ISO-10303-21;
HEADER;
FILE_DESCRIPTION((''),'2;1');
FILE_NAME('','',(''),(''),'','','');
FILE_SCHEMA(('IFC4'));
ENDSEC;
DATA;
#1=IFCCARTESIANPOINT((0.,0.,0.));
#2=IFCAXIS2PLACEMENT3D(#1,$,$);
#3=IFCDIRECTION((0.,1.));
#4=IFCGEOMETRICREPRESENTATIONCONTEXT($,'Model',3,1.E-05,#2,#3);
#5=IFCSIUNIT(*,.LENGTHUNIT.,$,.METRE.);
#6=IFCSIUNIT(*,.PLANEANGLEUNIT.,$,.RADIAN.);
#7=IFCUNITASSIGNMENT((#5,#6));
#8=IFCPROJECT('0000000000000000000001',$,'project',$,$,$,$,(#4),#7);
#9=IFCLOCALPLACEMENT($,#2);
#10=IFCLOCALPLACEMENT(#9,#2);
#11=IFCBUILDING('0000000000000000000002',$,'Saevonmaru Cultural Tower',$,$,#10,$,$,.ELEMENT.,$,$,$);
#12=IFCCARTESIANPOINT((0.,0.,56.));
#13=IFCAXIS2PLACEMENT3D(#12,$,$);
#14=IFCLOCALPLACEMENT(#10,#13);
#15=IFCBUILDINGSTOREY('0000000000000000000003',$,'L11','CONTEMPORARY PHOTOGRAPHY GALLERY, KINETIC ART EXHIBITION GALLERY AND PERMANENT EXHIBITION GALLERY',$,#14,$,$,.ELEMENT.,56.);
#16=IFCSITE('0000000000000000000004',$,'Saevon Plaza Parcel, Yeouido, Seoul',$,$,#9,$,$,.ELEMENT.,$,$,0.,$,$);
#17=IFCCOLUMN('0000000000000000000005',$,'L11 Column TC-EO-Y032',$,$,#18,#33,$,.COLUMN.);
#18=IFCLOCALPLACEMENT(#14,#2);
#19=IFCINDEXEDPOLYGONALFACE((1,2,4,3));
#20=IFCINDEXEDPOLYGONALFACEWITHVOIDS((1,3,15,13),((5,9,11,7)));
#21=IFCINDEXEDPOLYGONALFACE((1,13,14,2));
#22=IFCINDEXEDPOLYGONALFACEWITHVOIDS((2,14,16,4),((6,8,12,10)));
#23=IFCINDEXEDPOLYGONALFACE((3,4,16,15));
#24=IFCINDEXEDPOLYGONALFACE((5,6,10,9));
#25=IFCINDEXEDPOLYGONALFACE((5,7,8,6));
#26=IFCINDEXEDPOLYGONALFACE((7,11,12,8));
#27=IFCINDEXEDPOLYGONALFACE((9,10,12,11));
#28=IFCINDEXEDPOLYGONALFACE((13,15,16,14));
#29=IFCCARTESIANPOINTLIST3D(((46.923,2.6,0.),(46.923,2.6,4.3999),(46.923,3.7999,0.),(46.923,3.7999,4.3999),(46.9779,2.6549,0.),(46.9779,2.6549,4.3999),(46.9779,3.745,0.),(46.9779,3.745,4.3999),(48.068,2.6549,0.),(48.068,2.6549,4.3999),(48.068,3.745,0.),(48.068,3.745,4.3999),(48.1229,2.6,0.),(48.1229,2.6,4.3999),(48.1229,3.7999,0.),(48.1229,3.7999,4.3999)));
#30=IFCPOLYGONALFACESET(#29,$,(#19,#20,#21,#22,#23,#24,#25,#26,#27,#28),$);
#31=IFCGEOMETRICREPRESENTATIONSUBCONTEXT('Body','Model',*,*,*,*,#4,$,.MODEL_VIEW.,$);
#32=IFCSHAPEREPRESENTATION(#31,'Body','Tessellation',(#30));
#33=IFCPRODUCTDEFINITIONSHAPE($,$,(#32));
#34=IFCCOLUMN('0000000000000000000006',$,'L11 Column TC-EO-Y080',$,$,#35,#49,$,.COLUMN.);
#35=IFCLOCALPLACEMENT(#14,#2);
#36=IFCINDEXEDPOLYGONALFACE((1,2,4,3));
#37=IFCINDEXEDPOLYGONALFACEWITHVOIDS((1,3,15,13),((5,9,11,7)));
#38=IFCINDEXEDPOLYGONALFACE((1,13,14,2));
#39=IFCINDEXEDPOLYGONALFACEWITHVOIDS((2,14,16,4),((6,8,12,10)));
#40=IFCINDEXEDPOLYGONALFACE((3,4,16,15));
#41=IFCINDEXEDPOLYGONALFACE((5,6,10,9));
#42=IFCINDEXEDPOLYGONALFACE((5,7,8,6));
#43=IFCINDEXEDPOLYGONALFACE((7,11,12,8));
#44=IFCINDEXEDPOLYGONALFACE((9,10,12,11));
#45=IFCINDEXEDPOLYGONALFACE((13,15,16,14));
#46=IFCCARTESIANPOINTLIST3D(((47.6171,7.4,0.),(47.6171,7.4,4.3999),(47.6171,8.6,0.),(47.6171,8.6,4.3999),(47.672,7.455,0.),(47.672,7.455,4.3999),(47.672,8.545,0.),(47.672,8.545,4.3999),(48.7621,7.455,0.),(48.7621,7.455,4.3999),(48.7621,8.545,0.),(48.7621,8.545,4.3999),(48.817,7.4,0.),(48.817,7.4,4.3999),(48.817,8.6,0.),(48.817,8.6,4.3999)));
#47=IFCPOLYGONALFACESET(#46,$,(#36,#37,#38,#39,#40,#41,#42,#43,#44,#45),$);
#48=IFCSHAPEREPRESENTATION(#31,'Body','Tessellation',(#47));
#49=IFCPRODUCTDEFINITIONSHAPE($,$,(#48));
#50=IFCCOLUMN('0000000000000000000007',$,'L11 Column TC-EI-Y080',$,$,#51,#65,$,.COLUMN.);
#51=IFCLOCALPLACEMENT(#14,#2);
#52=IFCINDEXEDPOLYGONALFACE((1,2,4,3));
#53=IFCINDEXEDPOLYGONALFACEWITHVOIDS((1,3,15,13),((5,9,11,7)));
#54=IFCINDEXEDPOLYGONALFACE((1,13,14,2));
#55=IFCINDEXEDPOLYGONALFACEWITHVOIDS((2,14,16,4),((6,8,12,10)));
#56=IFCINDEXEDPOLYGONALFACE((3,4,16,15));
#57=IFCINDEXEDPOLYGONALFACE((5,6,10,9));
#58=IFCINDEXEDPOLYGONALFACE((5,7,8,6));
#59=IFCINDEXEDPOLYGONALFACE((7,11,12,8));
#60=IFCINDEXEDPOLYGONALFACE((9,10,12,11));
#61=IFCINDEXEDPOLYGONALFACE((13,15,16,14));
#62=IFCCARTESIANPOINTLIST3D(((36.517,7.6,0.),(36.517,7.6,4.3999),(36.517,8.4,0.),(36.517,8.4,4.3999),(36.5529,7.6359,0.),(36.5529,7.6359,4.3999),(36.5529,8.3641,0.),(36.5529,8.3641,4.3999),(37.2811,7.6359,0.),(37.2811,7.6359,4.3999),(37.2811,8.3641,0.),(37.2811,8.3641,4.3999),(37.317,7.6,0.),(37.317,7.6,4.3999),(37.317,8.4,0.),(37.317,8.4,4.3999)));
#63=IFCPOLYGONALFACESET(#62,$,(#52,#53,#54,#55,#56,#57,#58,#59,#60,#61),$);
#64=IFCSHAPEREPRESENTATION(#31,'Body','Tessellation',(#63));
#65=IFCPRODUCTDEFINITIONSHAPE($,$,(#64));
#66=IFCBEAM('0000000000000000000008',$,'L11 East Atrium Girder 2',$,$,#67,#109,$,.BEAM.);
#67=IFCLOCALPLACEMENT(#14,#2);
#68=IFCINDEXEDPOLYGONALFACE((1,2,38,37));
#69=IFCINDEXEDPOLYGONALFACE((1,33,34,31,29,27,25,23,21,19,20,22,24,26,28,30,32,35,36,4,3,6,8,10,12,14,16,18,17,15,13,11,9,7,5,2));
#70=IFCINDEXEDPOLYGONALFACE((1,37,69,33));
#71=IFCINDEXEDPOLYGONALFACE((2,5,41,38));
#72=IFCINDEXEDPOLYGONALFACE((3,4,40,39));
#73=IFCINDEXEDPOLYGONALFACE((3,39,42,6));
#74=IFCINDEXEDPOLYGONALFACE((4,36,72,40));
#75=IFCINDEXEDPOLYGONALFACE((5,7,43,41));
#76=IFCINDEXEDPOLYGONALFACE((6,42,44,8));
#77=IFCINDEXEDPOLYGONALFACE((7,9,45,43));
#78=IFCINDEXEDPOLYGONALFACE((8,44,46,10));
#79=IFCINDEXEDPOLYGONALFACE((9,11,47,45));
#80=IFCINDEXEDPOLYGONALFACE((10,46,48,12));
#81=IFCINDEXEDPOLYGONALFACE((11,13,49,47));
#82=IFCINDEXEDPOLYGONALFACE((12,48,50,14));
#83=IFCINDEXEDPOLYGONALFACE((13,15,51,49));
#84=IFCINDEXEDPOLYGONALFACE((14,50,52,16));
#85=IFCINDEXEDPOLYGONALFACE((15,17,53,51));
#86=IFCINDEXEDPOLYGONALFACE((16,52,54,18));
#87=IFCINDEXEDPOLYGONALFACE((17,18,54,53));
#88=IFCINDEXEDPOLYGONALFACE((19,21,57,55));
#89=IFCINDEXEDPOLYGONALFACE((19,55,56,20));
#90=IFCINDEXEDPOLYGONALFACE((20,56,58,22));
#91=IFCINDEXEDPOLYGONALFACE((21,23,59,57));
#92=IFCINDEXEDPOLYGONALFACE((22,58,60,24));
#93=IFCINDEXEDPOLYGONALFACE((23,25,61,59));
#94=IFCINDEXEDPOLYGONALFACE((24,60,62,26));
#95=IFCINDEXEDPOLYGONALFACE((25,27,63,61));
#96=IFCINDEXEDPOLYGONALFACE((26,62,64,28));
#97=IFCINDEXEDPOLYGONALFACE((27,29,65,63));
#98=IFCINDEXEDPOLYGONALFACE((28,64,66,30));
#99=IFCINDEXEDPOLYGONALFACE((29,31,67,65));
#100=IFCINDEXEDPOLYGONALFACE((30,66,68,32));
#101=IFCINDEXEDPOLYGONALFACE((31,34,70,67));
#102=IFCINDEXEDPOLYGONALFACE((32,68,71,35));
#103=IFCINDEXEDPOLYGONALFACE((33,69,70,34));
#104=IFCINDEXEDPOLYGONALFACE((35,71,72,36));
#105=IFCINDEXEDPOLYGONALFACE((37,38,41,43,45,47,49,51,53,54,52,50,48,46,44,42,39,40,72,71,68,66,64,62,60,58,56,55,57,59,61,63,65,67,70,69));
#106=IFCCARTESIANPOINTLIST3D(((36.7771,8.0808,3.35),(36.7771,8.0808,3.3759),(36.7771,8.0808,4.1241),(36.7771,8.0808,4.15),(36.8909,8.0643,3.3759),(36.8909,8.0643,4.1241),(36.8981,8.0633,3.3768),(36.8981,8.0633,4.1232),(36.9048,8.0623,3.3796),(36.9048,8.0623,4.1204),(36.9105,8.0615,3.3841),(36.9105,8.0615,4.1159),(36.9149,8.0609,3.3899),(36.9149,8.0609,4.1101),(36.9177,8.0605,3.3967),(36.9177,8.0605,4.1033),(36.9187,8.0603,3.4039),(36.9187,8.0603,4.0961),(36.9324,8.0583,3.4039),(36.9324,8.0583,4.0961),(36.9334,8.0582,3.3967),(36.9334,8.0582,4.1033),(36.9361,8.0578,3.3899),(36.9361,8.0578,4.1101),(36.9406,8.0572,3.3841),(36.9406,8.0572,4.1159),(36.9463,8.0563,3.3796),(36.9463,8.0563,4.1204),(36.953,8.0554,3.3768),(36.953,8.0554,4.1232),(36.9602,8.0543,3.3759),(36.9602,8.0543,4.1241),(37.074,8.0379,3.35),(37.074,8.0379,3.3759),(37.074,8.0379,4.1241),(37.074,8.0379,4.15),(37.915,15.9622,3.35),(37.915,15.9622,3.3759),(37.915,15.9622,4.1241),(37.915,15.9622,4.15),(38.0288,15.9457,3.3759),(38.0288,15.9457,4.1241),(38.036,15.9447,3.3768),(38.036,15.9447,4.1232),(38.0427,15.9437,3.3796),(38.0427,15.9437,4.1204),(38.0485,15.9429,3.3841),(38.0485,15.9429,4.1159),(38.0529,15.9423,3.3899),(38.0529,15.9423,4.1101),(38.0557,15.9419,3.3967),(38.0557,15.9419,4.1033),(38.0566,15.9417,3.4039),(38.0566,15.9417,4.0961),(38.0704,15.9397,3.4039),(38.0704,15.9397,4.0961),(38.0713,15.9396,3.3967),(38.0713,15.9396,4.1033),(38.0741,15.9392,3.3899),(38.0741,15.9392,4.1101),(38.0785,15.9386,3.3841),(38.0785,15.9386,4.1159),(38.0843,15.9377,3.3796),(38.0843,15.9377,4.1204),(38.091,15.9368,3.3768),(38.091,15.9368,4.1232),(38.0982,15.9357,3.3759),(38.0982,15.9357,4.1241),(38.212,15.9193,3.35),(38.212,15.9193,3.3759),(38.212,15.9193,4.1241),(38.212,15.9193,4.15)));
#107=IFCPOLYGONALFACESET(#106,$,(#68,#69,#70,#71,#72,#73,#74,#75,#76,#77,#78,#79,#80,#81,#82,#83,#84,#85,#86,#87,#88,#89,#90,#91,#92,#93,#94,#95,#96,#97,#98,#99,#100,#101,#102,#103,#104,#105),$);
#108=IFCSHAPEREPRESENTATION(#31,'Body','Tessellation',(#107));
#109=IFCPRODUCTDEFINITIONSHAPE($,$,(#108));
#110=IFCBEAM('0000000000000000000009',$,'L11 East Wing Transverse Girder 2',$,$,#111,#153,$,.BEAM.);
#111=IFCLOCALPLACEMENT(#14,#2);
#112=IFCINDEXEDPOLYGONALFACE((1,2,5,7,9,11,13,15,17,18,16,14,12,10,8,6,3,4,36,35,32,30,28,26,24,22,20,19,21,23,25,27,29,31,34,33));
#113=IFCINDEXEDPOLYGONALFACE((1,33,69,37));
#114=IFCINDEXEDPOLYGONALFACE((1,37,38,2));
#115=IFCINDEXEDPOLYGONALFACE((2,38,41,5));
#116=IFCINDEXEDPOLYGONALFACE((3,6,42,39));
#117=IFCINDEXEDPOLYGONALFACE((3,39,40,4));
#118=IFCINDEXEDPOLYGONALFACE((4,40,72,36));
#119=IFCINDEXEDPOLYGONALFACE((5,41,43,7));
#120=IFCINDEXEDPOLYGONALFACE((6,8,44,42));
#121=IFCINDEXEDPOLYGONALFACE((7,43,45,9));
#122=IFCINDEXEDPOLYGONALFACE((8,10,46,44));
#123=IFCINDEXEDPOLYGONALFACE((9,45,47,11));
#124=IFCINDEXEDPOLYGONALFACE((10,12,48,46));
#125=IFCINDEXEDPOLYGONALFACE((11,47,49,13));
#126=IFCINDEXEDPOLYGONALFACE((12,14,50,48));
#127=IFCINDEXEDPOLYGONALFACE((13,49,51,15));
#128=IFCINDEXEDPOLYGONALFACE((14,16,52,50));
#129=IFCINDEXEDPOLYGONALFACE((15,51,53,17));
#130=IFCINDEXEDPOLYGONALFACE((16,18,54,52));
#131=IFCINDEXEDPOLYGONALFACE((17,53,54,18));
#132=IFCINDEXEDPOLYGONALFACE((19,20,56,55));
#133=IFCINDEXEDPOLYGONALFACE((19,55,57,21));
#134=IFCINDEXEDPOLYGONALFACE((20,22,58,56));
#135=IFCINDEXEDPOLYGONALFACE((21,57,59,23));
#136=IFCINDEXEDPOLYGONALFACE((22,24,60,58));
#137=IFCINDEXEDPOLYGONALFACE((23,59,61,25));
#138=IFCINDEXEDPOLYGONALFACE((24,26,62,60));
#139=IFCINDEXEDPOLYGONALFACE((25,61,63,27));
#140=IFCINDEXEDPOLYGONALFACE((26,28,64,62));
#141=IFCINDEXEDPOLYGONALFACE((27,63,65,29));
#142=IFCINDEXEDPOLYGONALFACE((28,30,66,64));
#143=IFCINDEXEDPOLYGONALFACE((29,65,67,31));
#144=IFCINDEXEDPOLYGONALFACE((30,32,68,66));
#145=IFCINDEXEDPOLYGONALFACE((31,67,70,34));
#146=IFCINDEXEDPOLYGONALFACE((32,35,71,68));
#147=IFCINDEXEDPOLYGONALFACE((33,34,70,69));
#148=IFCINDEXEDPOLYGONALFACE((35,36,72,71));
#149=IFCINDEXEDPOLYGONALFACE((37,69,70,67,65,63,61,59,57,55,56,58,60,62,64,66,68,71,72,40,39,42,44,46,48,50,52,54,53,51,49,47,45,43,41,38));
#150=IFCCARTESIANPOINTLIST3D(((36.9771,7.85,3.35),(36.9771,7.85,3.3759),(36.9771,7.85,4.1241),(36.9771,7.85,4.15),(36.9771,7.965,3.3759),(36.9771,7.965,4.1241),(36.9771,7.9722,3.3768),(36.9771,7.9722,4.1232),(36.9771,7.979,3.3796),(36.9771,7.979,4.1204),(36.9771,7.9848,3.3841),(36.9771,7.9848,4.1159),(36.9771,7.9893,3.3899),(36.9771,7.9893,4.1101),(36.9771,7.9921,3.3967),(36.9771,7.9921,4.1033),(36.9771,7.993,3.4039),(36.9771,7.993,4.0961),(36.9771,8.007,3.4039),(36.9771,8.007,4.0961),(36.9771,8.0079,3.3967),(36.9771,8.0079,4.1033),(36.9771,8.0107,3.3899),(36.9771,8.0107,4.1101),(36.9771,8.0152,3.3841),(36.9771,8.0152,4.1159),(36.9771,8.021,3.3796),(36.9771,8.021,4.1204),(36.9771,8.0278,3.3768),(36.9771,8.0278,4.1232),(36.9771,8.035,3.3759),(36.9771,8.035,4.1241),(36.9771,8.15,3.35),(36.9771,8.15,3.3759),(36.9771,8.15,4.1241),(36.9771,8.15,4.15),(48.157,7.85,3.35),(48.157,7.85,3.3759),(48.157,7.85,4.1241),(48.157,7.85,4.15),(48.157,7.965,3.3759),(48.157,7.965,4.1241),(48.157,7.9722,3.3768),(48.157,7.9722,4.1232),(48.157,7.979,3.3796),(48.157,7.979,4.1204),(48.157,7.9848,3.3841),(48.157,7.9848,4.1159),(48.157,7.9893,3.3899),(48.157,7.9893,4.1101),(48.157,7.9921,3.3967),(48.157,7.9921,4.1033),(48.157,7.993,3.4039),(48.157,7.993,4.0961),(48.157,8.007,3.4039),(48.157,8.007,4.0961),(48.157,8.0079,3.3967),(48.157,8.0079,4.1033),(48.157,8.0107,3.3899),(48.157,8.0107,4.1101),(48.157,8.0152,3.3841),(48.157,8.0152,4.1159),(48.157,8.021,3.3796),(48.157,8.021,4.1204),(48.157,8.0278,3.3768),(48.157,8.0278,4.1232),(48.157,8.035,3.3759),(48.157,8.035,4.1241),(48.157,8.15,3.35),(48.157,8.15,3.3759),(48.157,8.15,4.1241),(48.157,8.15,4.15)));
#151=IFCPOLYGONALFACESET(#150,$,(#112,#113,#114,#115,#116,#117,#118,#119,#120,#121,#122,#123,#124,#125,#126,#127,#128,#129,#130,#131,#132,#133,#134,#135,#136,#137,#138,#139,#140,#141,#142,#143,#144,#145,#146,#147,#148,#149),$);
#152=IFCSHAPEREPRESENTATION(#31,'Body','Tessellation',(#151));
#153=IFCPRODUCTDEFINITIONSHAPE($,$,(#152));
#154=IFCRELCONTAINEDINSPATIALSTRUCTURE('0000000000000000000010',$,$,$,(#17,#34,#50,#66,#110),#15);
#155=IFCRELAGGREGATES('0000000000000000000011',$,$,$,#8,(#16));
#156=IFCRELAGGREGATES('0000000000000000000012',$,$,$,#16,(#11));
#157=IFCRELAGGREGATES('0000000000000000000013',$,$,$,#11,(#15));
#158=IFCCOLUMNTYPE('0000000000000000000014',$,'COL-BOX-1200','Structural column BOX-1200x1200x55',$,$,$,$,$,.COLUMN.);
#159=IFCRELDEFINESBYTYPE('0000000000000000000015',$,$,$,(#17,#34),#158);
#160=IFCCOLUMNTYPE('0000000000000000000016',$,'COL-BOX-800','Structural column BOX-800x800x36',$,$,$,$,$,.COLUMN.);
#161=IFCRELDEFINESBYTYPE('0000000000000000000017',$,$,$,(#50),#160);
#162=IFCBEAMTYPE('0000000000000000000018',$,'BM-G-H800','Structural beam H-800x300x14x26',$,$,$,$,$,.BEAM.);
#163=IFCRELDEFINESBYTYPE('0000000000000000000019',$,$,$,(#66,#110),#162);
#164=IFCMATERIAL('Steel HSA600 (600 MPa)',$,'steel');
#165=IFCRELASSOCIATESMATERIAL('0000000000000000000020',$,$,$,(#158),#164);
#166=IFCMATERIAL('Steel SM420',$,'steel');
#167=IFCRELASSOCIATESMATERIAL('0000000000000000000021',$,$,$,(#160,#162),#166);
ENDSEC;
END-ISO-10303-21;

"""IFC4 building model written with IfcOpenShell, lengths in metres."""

from ifc_helpers import new_model, si_unit, direction, frame, origin, origin_2d, place, context, subcontext, project, spatial, hollow_rectangle, i_section, extrude, material, material_profile, profile_set, type_object, element, save


model = new_model("IFC4")

# Units and contexts
model_context = context("Model", 3, precision=1e-05, world=origin(), true_north=direction((0.0, 1.0)))
body_context = subcontext(model_context, "Body", "Model", "MODEL_VIEW")
ifc_project = project(units=[si_unit("LENGTHUNIT", "METRE"), si_unit("PLANEANGLEUNIT", "RADIAN")], contexts=[model_context])

# Site, building, storey
site_placement = place(None, origin())
site = spatial("IfcSite", under=ifc_project, at=site_placement, Name="Saevon Plaza Parcel, Yeouido, Seoul", CompositionType="ELEMENT", RefElevation=0.0)
building_placement = place(site_placement, origin())
building = spatial("IfcBuilding", under=site, at=building_placement, Name="Saevonmaru Cultural Tower", CompositionType="ELEMENT")
storey_placement = place(building_placement, frame((0.0, 0.0, 56.0)))
storey = spatial("IfcBuildingStorey", under=building, at=storey_placement, Name="L11", Description="CONTEMPORARY PHOTOGRAPHY GALLERY, KINETIC ART EXHIBITION GALLERY AND PERMANENT EXHIBITION GALLERY", CompositionType="ELEMENT", Elevation=56.0)

# Columns
ifc_material_1 = material(Name="Steel HSA600 (600 MPa)", Category="steel")
ifc_material_profile_1 = material_profile(ifc_material_1, hollow_rectangle(XDim=1.2, YDim=1.2, WallThickness=0.0549, at=origin_2d()), Name="BOX-1200x1200x55")
ifc_profile_set_1 = profile_set([ifc_material_profile_1], Name="Steel HSA600 (600 MPa)")
column_type_1 = type_object("IfcColumnType", Name="COL-BOX-1200", Description="Structural column BOX-1200x1200x55", PredefinedType="COLUMN", material=ifc_profile_set_1)
for number, where, z_axis, x_axis, name in (
    (1, (47.5229, 3.2, 0.0), (0.0, 0.0, 1.0), (1.0, 0.0, 0.0), "L11 Column TC-EO-Y032"),
    (2, (48.217, 8.0, 0.0), (0.0, 0.0, 1.0), (1.0, 0.0, 0.0), "L11 Column TC-EO-Y080"),
):
    element("IfcColumn", number, at=place(storey_placement, frame(where, z_axis=z_axis, x_axis=x_axis)), inside=storey, type_object=column_type_1, Name=name, PredefinedType="COLUMN", context=body_context, shape_type="SweptSolid", body=[
        extrude(hollow_rectangle(XDim=1.2, YDim=1.2, WallThickness=0.0549, at=origin_2d()), origin(), (0.0, 0.0, 1.0), 4.3999),
    ])
ifc_material_2 = material(Name="Steel SM420", Category="steel")
ifc_material_profile_2 = material_profile(ifc_material_2, hollow_rectangle(XDim=0.8, YDim=0.8, WallThickness=0.0359, at=origin_2d()), Name="BOX-800x800x36")
ifc_profile_set_2 = profile_set([ifc_material_profile_2], Name="Steel SM420")
column_type_2 = type_object("IfcColumnType", Name="COL-BOX-800", Description="Structural column BOX-800x800x36", PredefinedType="COLUMN", material=ifc_profile_set_2)
column_placement = place(storey_placement, frame((36.917, 8.0, 0.0), z_axis=(0.0, 0.0, 1.0), x_axis=(1.0, 0.0, 0.0)))
element("IfcColumn", 3, at=column_placement, inside=storey, type_object=column_type_2, Name="L11 Column TC-EI-Y080", PredefinedType="COLUMN", context=body_context, shape_type="SweptSolid", body=[
    extrude(hollow_rectangle(XDim=0.8, YDim=0.8, WallThickness=0.0359, at=origin_2d()), origin(), (0.0, 0.0, 1.0), 4.3999),
])

# Beams
ifc_material_profile_3 = material_profile(ifc_material_2, i_section(OverallWidth=0.3, OverallDepth=0.8, WebThickness=0.0139, FlangeThickness=0.0259, FilletRadius=0.0281, at=origin_2d()), Name="H-800x300x14x26")
ifc_profile_set_3 = profile_set([ifc_material_profile_3], Name="Steel SM420")
beam_type_1 = type_object("IfcBeamType", Name="BM-G-H800", Description="Structural beam H-800x300x14x26", PredefinedType="BEAM", material=ifc_profile_set_3)
beam_1_placement = place(storey_placement, frame((36.9255, 8.0593, 3.75), z_axis=(0.142902, 0.989737, 0.0), x_axis=(-0.989737, 0.142902, 0.0)))
element("IfcBeam", 4, at=beam_1_placement, inside=storey, type_object=beam_type_1, Name="L11 East Atrium Girder 2", PredefinedType="BEAM", context=body_context, shape_type="SweptSolid", body=[
    extrude(i_section(OverallWidth=0.3, OverallDepth=0.8, WebThickness=0.0139, FlangeThickness=0.0259, FilletRadius=0.0281, at=origin_2d()), origin(), (0.0, 0.0, 1.0), 7.9631),
])
beam_2_placement = place(storey_placement, frame((36.9771, 8.0, 3.75), z_axis=(1.0, 0.0, 0.0), x_axis=(0.0, 1.0, 0.0)))
element("IfcBeam", 5, at=beam_2_placement, inside=storey, type_object=beam_type_1, Name="L11 East Wing Transverse Girder 2", PredefinedType="BEAM", context=body_context, shape_type="SweptSolid", body=[
    extrude(i_section(OverallWidth=0.3, OverallDepth=0.8, WebThickness=0.0139, FlangeThickness=0.0259, FilletRadius=0.0281, at=origin_2d()), origin(), (0.0, 0.0, 1.0), 11.1799),
])

save(model, "model.ifc")
